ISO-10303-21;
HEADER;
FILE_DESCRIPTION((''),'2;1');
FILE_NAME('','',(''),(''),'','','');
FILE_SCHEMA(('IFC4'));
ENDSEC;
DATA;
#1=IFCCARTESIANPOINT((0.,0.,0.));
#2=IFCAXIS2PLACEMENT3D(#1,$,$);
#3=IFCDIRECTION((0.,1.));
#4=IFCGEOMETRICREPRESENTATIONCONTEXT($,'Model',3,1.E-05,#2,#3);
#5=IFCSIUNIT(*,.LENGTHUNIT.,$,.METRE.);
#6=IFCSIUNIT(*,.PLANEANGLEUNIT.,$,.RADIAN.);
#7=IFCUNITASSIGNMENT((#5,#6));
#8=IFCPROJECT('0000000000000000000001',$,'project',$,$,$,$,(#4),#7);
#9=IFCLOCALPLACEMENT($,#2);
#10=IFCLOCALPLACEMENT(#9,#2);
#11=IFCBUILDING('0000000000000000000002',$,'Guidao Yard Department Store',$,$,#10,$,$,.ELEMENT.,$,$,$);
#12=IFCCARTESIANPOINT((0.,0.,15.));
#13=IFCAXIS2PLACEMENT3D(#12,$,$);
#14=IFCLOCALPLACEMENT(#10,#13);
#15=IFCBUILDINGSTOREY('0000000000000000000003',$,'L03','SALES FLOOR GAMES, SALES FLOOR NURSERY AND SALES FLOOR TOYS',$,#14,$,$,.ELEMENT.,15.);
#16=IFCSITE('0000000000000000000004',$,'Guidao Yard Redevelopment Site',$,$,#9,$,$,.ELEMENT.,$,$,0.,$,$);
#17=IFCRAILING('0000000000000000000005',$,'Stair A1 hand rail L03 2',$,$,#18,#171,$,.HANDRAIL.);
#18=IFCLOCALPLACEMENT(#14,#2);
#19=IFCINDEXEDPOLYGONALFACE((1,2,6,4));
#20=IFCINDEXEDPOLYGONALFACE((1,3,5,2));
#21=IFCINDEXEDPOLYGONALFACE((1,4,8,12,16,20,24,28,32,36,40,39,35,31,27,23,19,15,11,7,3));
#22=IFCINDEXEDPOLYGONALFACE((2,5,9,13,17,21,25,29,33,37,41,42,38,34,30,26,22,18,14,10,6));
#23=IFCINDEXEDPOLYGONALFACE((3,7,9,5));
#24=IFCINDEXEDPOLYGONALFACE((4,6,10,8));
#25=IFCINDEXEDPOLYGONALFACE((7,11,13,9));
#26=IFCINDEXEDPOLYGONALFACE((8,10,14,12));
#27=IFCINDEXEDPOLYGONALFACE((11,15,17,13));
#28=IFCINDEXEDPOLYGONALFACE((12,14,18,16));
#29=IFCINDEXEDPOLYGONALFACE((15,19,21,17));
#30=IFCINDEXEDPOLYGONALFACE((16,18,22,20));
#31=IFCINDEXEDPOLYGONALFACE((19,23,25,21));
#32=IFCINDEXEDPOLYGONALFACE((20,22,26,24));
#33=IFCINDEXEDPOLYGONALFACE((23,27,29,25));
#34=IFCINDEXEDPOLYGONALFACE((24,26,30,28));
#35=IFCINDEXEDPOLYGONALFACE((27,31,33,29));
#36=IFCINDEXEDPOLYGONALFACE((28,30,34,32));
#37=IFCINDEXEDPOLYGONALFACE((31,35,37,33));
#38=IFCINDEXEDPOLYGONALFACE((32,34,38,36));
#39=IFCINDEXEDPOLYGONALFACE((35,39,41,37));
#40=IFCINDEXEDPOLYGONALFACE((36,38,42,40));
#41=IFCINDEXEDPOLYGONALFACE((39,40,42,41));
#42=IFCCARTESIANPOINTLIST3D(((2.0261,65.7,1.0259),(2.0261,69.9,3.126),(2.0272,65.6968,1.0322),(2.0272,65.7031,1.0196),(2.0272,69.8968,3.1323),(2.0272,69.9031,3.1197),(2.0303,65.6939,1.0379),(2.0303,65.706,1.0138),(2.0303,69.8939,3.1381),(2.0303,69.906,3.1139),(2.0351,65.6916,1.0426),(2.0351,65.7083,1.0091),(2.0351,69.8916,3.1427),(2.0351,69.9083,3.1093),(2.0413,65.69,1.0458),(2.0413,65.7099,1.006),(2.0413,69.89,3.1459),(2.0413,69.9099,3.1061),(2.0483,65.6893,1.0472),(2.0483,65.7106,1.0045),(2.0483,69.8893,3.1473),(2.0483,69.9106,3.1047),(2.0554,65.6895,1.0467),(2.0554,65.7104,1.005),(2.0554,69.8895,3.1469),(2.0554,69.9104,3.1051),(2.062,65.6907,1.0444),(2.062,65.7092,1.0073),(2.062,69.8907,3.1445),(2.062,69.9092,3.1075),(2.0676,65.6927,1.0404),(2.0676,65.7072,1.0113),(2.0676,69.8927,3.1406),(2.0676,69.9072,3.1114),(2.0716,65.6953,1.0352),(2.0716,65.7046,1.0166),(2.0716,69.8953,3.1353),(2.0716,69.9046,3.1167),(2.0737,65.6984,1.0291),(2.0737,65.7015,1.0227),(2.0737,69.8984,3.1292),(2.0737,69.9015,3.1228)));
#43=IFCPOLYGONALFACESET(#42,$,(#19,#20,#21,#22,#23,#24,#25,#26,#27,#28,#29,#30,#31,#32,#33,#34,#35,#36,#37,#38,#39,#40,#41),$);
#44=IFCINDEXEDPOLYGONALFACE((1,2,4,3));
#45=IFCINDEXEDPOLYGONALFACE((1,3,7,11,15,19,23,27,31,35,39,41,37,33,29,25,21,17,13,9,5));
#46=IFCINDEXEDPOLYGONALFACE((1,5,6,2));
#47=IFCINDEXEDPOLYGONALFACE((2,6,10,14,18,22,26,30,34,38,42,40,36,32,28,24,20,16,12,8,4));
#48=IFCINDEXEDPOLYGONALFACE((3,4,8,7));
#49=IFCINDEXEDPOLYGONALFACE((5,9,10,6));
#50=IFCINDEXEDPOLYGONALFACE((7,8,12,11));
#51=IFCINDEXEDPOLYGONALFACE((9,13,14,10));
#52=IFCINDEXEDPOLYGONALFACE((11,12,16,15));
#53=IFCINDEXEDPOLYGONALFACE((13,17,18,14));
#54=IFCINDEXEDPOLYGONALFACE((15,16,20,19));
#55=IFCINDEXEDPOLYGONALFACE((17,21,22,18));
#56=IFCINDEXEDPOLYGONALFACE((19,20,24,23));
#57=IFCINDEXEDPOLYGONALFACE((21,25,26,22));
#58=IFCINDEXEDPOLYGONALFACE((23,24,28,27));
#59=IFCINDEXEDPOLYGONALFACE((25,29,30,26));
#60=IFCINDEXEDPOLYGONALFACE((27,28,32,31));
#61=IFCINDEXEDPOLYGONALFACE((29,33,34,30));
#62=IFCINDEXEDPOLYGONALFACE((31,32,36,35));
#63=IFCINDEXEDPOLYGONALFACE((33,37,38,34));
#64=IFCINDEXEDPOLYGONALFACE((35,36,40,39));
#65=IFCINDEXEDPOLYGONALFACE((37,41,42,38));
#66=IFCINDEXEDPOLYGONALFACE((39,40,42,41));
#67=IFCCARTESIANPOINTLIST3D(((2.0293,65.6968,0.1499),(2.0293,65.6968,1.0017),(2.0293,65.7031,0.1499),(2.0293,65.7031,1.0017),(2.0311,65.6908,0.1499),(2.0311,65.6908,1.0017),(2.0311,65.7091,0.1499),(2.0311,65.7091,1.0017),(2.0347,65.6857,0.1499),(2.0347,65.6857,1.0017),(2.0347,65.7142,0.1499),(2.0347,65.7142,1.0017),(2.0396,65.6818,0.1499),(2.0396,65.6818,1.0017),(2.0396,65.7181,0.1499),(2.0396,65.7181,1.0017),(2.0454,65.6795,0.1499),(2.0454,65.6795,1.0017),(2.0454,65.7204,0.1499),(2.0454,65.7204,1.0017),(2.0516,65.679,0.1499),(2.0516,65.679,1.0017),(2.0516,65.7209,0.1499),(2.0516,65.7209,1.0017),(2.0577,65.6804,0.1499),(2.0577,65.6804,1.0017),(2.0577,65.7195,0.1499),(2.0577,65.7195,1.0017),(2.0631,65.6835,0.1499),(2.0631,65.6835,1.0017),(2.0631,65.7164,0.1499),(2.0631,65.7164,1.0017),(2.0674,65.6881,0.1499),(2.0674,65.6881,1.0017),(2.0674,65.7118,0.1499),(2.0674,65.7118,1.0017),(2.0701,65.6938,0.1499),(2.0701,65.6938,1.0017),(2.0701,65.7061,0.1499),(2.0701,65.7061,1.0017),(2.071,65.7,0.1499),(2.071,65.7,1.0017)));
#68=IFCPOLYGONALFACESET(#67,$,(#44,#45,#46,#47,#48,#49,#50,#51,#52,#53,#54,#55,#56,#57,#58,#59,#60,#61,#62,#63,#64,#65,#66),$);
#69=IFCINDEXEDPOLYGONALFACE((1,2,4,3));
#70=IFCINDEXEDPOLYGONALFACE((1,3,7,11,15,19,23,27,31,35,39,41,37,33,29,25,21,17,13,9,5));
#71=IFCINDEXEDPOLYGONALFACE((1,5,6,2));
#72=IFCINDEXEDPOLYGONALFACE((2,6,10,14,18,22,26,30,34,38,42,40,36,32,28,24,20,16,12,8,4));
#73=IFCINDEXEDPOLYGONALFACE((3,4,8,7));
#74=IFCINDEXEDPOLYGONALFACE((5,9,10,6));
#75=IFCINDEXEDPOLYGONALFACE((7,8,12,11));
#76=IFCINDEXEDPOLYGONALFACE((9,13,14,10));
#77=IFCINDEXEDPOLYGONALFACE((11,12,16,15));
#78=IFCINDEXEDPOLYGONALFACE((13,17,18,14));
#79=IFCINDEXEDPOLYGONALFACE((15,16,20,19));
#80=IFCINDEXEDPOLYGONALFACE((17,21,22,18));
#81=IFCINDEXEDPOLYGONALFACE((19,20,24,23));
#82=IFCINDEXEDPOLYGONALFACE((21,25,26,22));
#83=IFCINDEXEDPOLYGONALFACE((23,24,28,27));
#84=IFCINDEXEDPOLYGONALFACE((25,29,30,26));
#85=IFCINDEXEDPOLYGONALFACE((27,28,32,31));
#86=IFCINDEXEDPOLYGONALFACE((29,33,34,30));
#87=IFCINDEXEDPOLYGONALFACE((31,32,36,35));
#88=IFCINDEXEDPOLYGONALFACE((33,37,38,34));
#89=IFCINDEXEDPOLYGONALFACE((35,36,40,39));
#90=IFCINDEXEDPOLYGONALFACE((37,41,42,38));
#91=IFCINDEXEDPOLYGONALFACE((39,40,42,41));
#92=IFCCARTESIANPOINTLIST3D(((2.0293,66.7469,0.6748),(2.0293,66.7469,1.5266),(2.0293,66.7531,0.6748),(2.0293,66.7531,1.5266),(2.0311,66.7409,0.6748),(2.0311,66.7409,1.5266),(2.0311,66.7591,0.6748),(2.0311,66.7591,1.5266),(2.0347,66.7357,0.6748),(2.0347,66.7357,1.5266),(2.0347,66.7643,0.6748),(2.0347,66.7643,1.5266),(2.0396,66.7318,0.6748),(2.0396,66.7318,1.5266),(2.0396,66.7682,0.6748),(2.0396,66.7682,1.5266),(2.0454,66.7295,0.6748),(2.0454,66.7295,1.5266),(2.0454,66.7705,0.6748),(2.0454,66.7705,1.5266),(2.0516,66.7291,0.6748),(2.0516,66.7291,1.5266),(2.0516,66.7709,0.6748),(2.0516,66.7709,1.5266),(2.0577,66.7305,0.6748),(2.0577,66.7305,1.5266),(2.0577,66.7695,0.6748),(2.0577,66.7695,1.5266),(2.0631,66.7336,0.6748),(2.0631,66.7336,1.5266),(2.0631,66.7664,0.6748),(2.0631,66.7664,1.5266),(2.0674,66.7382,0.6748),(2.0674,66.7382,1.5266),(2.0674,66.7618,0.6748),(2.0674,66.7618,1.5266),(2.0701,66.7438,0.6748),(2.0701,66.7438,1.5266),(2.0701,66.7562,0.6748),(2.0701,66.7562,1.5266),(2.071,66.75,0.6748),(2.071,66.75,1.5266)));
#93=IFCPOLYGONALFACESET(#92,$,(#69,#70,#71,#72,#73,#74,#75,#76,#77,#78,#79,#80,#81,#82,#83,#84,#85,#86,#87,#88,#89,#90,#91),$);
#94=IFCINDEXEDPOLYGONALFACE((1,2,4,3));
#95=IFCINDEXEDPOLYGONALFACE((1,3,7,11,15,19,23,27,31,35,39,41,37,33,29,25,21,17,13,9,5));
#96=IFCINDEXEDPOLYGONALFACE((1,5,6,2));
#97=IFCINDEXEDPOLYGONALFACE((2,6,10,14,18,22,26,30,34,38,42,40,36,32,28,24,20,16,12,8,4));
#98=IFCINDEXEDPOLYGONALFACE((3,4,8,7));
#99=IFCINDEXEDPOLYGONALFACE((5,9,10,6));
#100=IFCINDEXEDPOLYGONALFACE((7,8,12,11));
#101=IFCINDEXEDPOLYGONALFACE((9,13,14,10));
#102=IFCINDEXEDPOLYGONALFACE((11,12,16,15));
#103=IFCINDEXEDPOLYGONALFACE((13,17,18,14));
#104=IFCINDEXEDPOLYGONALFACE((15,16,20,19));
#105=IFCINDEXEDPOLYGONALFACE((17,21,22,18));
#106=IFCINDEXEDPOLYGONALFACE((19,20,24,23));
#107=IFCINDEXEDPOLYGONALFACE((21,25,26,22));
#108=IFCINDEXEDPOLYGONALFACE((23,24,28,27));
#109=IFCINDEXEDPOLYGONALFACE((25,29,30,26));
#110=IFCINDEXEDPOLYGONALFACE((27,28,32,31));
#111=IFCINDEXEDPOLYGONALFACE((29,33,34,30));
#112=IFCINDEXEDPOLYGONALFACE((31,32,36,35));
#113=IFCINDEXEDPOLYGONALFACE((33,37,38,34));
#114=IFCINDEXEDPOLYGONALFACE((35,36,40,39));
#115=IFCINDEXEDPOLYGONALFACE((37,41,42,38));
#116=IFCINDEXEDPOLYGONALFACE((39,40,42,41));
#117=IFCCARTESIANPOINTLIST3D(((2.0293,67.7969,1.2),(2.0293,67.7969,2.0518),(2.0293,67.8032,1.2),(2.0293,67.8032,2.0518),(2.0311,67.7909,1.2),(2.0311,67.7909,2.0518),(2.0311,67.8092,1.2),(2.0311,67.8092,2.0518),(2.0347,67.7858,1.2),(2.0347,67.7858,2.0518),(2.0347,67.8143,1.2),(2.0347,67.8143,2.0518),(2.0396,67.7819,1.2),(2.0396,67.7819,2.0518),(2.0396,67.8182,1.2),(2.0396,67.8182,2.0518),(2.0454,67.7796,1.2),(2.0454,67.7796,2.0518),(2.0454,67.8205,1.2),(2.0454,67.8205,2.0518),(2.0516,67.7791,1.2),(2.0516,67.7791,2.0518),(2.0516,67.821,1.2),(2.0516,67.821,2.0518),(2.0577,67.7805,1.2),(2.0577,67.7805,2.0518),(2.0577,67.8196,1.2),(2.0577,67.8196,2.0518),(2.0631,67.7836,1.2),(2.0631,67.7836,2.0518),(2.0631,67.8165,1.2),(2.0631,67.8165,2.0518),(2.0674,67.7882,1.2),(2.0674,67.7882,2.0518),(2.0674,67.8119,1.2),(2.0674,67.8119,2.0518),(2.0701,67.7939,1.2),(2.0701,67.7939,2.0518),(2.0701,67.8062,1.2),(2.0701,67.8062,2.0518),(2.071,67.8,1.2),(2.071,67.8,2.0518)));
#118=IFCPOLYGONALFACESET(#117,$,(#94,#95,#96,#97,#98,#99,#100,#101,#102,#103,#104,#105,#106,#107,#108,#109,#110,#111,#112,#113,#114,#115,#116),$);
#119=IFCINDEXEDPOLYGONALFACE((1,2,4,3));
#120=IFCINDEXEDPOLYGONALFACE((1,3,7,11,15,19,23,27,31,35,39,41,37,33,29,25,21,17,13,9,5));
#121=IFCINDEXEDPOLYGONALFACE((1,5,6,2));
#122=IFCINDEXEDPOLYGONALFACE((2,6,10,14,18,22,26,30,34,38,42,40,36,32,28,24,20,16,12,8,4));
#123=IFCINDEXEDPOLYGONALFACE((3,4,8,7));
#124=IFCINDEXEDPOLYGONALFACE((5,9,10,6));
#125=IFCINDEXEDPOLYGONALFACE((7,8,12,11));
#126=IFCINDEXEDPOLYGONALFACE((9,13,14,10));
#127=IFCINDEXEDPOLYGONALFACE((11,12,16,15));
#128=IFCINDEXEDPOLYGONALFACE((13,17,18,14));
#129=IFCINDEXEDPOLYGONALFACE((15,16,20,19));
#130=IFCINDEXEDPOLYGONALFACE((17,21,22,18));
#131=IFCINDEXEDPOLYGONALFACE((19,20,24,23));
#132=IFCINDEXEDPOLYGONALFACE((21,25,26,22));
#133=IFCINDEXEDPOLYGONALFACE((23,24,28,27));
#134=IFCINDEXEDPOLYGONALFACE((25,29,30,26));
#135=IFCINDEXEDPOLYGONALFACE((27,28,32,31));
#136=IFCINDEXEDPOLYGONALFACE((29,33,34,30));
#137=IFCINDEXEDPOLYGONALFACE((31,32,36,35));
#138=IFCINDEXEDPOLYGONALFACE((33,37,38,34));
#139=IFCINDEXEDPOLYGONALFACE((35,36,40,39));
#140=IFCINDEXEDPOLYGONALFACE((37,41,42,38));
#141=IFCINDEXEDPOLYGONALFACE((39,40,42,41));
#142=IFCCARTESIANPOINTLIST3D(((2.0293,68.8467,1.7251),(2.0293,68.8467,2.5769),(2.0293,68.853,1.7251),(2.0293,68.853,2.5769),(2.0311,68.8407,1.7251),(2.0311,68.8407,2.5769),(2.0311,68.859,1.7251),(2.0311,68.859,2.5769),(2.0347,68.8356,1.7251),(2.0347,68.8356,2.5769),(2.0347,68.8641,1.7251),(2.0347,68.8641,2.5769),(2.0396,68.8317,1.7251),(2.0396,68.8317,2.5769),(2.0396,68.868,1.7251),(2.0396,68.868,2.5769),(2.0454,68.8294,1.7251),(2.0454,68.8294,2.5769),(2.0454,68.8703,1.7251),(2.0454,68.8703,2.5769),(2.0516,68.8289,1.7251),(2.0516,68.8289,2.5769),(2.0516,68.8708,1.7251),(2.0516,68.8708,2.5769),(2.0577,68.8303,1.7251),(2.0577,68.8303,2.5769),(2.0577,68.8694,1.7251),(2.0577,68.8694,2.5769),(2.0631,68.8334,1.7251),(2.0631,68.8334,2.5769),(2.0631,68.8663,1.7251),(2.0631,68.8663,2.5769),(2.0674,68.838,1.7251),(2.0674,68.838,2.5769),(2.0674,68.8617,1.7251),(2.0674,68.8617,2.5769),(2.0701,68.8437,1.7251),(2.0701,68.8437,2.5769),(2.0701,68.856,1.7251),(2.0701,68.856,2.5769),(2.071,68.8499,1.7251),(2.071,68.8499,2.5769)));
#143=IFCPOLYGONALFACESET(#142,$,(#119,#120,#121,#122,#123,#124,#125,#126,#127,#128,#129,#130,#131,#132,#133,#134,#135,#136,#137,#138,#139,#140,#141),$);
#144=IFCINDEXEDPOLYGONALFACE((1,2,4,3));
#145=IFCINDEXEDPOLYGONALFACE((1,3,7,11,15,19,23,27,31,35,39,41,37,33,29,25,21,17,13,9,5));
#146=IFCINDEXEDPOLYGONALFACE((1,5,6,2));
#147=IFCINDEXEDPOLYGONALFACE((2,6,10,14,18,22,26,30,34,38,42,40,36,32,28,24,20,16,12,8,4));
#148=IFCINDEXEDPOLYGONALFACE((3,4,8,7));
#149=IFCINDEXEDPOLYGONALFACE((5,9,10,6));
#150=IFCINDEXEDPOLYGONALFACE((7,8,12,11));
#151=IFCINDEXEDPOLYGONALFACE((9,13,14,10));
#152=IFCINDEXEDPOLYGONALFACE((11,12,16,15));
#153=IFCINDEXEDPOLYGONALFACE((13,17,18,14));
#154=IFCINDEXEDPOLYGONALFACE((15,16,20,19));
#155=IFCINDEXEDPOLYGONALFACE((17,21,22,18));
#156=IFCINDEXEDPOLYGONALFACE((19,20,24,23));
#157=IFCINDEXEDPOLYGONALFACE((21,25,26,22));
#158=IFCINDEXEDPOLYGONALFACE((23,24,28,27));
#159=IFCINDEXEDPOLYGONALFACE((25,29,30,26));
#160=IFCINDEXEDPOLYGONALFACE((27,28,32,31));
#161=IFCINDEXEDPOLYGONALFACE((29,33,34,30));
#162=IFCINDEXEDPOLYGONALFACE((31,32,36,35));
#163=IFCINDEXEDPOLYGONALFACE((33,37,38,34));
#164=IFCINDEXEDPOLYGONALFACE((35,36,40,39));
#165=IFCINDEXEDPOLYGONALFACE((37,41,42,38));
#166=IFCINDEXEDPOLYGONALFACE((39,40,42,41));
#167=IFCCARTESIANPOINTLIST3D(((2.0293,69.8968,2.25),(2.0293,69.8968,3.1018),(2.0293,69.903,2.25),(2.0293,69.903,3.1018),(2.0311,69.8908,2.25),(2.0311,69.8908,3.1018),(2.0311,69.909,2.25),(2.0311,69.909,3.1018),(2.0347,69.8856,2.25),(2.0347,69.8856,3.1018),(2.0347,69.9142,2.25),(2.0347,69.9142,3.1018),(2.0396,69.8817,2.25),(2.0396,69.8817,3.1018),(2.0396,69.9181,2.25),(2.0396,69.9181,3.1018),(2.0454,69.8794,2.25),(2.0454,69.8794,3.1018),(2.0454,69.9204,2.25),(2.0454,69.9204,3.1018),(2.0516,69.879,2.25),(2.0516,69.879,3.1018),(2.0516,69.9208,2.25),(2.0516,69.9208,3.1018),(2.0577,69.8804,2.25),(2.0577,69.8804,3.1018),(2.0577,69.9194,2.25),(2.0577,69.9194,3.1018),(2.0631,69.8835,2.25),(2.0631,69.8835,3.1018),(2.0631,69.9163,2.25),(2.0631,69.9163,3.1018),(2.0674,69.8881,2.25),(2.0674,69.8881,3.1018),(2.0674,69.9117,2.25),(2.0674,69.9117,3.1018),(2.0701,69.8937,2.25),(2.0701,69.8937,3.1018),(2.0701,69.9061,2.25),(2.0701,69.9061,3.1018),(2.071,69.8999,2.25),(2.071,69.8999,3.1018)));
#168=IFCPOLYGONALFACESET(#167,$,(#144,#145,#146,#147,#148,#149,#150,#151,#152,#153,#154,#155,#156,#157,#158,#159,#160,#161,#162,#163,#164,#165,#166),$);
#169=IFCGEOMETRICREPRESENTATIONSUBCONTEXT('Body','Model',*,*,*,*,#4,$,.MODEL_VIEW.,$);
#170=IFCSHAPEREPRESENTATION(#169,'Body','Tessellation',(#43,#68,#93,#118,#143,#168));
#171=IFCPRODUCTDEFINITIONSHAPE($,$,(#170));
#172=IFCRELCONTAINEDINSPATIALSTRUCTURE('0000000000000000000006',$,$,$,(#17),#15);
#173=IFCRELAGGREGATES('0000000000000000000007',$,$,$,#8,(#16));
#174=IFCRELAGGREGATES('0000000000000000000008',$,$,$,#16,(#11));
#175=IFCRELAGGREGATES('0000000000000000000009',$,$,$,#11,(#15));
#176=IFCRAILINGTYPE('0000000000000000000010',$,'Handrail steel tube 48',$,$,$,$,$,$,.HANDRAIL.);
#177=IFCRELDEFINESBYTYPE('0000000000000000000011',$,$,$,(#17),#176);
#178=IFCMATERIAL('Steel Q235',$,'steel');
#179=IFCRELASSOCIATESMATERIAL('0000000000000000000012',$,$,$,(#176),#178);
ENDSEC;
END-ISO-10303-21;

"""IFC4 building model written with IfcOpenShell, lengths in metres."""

from ifc_helpers import new_model, si_unit, direction, frame, origin, origin_2d, place, context, subcontext, project, spatial, circle, extrude, material, type_object, element, save


model = new_model("IFC4")

# Units and contexts
model_context = context("Model", 3, precision=1e-05, world=origin(), true_north=direction((0.0, 1.0)))
body_context = subcontext(model_context, "Body", "Model", "MODEL_VIEW")
ifc_project = project(units=[si_unit("LENGTHUNIT", "METRE"), si_unit("PLANEANGLEUNIT", "RADIAN")], contexts=[model_context])

# Site, building, storey
site_placement = place(None, origin())
site = spatial("IfcSite", under=ifc_project, at=site_placement, Name="Guidao Yard Redevelopment Site", CompositionType="ELEMENT", RefElevation=0.0)
building_placement = place(site_placement, origin())
building = spatial("IfcBuilding", under=site, at=building_placement, Name="Guidao Yard Department Store", CompositionType="ELEMENT")
storey_placement = place(building_placement, frame((0.0, 0.0, 15.0)))
storey = spatial("IfcBuildingStorey", under=building, at=storey_placement, Name="L03", Description="SALES FLOOR GAMES, SALES FLOOR NURSERY AND SALES FLOOR TOYS", CompositionType="ELEMENT", Elevation=15.0)

# Railing
ifc_material_1 = material(Name="Steel Q235", Category="steel")
railing_type_1 = type_object("IfcRailingType", Name="Handrail steel tube 48", PredefinedType="HANDRAIL", material=ifc_material_1)
for number, where, name in (
    (1, (2.05, 65.7, 0.1499), "Stair A1 hand rail L03 2"),
):
    element("IfcRailing", number, at=place(storey_placement, frame(where)), inside=storey, type_object=railing_type_1, Name=name, PredefinedType="HANDRAIL", context=body_context, shape_type="SweptSolid", body=[
        extrude(circle(Radius=0.0239, at=origin_2d()), frame((0.0, 0.0, 0.876), z_axis=(0.0, 0.894417, 0.447234), x_axis=(-1.0, 0.0, 0.0)), (0.0, 0.0, 1.0), 4.6958),
        extrude(circle(Radius=0.021, at=origin_2d()), origin(), (0.0, 0.0, 1.0), 0.8518),
        extrude(circle(Radius=0.021, at=origin_2d()), frame((0.0, 1.05, 0.5249)), (0.0, 0.0, 1.0), 0.8518),
        extrude(circle(Radius=0.021, at=origin_2d()), frame((0.0, 2.1001, 1.05)), (0.0, 0.0, 1.0), 0.8518),
        extrude(circle(Radius=0.021, at=origin_2d()), frame((0.0, 3.1499, 1.5752)), (0.0, 0.0, 1.0), 0.8518),
        extrude(circle(Radius=0.021, at=origin_2d()), frame((0.0, 4.2, 2.1001)), (0.0, 0.0, 1.0), 0.8518),
    ])

save(model, "model.ifc")
